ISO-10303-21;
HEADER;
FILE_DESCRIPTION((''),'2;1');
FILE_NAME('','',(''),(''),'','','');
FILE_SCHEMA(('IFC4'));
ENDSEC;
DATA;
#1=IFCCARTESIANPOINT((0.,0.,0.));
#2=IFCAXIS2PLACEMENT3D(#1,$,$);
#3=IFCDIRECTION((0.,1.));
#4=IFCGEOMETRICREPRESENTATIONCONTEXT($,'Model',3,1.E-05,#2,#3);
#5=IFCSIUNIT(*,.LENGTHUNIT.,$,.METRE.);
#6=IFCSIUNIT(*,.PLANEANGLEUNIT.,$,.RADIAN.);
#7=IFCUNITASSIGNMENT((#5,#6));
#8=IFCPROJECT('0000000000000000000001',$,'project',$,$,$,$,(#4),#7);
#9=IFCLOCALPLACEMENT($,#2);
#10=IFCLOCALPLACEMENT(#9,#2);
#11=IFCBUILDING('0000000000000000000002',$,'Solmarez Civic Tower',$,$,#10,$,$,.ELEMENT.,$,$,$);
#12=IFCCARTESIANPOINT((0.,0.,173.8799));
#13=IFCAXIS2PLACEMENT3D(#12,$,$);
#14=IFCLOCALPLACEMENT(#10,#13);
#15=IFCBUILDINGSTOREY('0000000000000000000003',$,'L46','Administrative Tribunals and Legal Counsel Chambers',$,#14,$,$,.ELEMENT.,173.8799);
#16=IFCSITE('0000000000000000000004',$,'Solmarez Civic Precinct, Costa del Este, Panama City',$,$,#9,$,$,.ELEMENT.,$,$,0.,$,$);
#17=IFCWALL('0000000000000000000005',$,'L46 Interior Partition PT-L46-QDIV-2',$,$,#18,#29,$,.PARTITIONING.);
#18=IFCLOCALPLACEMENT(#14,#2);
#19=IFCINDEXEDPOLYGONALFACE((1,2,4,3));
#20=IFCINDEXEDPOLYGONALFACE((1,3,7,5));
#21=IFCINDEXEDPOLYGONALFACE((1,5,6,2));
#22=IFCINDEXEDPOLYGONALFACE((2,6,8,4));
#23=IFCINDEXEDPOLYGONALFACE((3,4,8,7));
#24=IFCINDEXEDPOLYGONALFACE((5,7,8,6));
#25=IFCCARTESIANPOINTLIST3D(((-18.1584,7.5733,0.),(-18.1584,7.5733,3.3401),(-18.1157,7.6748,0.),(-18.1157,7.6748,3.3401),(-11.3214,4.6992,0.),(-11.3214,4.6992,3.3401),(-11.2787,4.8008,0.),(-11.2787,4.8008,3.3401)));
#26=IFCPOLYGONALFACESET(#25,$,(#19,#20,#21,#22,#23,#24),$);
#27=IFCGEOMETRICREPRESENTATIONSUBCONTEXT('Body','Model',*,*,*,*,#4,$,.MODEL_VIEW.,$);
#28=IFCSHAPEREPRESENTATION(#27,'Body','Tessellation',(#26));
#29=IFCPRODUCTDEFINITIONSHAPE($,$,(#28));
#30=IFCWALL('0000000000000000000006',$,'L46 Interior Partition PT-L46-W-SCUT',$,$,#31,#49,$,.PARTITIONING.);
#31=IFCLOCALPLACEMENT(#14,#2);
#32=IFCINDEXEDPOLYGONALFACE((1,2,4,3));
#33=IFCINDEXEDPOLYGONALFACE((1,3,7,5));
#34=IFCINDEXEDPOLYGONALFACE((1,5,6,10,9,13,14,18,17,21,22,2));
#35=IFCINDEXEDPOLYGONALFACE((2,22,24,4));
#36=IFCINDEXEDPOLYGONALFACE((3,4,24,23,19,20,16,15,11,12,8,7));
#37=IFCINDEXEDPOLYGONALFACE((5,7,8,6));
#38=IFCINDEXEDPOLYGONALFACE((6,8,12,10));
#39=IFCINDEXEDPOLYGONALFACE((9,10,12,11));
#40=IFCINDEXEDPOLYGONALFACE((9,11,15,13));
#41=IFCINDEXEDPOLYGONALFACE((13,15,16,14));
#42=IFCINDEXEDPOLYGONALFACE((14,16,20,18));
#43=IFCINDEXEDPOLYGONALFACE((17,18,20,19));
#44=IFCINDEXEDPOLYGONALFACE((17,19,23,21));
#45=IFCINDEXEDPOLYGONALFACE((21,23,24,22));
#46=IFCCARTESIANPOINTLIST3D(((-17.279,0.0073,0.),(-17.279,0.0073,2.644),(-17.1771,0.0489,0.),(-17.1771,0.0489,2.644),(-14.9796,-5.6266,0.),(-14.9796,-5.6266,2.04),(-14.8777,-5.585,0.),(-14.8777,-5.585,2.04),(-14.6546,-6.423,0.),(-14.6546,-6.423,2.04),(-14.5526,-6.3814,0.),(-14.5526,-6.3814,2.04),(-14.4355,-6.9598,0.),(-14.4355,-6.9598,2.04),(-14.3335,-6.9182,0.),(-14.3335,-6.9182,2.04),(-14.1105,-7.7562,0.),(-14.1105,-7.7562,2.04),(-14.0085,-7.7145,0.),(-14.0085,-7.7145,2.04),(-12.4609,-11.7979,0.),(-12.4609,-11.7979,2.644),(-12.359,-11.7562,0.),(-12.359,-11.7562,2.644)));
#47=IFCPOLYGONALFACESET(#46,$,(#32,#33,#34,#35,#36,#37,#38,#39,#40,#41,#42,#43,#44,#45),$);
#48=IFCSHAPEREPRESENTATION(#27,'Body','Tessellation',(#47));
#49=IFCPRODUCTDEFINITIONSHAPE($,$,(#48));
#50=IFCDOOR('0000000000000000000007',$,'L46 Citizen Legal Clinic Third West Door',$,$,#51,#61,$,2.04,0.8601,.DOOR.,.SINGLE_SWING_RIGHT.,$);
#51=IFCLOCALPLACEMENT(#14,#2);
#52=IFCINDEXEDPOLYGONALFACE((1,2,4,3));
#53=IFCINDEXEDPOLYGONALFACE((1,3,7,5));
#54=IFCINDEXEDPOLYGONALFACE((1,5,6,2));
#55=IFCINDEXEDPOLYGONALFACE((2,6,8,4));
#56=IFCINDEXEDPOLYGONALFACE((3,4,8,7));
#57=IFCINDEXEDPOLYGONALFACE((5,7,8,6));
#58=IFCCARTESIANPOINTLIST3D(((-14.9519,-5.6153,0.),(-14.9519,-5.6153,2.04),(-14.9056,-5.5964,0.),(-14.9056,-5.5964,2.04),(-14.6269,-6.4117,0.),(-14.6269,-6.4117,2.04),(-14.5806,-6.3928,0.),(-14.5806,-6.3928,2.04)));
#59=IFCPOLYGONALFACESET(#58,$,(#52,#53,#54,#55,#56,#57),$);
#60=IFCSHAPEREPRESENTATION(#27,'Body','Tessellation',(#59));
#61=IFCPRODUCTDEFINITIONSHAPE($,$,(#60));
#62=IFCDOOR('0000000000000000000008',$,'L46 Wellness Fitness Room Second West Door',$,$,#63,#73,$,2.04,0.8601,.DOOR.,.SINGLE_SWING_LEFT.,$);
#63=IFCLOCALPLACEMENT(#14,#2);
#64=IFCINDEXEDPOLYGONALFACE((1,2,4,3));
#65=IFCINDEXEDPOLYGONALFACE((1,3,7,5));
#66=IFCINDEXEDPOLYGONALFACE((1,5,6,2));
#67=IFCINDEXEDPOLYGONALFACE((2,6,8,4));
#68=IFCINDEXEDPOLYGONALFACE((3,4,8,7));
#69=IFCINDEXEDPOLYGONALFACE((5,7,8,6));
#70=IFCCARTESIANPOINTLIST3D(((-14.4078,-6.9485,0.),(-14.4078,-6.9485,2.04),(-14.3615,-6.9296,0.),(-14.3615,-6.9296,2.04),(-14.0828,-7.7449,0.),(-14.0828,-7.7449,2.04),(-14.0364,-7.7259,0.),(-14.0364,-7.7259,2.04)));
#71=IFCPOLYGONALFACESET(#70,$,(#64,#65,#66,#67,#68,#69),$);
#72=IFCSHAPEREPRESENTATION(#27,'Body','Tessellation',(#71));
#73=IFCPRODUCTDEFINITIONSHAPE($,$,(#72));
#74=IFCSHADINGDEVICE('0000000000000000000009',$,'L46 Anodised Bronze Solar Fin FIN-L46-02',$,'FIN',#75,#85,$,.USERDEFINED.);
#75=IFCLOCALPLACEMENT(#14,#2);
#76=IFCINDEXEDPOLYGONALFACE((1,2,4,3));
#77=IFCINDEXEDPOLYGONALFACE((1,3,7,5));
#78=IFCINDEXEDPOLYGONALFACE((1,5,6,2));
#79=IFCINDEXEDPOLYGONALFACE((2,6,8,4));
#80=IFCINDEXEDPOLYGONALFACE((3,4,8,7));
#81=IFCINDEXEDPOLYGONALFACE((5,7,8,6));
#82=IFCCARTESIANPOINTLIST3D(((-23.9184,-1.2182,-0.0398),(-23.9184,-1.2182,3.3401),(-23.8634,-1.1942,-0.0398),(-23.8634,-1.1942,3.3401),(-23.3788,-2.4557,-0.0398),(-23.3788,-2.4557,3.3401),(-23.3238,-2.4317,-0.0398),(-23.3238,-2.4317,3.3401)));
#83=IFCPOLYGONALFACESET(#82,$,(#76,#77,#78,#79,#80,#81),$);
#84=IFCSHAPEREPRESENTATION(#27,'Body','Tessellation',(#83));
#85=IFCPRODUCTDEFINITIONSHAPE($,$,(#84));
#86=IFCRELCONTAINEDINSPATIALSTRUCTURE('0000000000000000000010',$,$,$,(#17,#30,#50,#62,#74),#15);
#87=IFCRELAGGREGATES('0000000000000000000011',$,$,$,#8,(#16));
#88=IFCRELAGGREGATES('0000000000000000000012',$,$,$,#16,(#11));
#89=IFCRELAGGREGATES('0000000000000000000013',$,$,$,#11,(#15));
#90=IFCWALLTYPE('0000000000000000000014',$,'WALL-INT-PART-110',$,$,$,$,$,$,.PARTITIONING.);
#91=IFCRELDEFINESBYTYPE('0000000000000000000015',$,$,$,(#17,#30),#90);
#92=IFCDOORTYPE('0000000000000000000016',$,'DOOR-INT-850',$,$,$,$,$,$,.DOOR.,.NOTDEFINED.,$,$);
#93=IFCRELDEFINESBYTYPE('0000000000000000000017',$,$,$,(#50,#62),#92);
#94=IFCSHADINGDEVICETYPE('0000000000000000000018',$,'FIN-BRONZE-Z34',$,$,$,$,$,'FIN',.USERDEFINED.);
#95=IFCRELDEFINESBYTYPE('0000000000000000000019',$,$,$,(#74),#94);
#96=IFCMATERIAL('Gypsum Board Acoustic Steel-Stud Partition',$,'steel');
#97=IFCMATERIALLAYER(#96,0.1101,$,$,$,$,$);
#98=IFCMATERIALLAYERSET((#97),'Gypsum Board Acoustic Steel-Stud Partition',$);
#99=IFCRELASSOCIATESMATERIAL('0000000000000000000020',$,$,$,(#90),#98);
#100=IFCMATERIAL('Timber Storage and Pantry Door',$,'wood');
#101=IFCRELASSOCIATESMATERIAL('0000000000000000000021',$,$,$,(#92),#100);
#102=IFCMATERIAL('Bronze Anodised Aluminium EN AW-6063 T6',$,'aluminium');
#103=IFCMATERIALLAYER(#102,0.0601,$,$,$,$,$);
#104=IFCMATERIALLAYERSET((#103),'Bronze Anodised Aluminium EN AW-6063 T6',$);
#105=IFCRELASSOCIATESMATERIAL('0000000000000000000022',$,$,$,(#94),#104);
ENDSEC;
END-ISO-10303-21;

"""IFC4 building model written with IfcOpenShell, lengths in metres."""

from ifc_helpers import new_model, si_unit, direction, frame, frame_2d, origin, origin_2d, place, context, subcontext, project, spatial, rectangle, extrude, material, layer, layer_set, type_object, element, fill, save


model = new_model("IFC4")

# Units and contexts
model_context = context("Model", 3, precision=1e-05, world=origin(), true_north=direction((0.0, 1.0)))
body_context = subcontext(model_context, "Body", "Model", "MODEL_VIEW")
ifc_project = project(units=[si_unit("LENGTHUNIT", "METRE"), si_unit("PLANEANGLEUNIT", "RADIAN")], contexts=[model_context])

# Site, building, storey
site_placement = place(None, origin())
site = spatial("IfcSite", under=ifc_project, at=site_placement, Name="Solmarez Civic Precinct, Costa del Este, Panama City", CompositionType="ELEMENT", RefElevation=0.0)
building_placement = place(site_placement, origin())
building = spatial("IfcBuilding", under=site, at=building_placement, Name="Solmarez Civic Tower", CompositionType="ELEMENT")
storey_placement = place(building_placement, frame((0.0, 0.0, 173.8799)))
storey = spatial("IfcBuildingStorey", under=building, at=storey_placement, Name="L46", Description="Administrative Tribunals and Legal Counsel Chambers", CompositionType="ELEMENT", Elevation=173.8799)

# Wall
ifc_material_1 = material(Name="Gypsum Board Acoustic Steel-Stud Partition", Category="steel")
ifc_layer_1 = layer(ifc_material_1, 0.1101)
ifc_layer_set_1 = layer_set([ifc_layer_1], Name="Gypsum Board Acoustic Steel-Stud Partition")
wall_type_1 = type_object("IfcWallType", Name="WALL-INT-PART-110", PredefinedType="PARTITIONING", material=ifc_layer_set_1)
wall_1_placement = place(storey_placement, frame((-11.3, 4.75, 0.0), z_axis=(0.0, 0.0, 1.0), x_axis=(-0.921861, 0.387521, 0.0)))
element("IfcWall", 1, at=wall_1_placement, inside=storey, type_object=wall_type_1, Name="L46 Interior Partition PT-L46-QDIV-2", PredefinedType="PARTITIONING", context=body_context, shape_type="SweptSolid", body=[
    extrude(rectangle(XDim=7.4165, YDim=0.1101, at=frame_2d((3.7083, 0.0))), origin(), (0.0, 0.0, 1.0), 3.3401),
])

# Wall, openings, doors
wall_2_placement = place(storey_placement, frame((-17.228, 0.0281, 0.0), z_axis=(0.0, 0.0, 1.0), x_axis=(0.377875, -0.925857, 0.0)))
wall_2 = element("IfcWall", 2, at=wall_2_placement, inside=storey, type_object=wall_type_1, Name="L46 Interior Partition PT-L46-W-SCUT", PredefinedType="PARTITIONING", context=body_context, shape_type="SweptSolid", body=[
    extrude(rectangle(XDim=12.7505, YDim=0.1101, at=frame_2d((6.3752, 0.0))), origin(), (0.0, 0.0, 1.0), 2.644),
])
opening_1_placement = place(wall_2_placement, frame((6.085, 0.0, 0.0)))
opening_1 = element("IfcOpeningElement", 3, at=opening_1_placement, cuts=wall_2, PredefinedType="OPENING", context=body_context, shape_type="SweptSolid", body=[
    extrude(rectangle(XDim=0.8601, YDim=2.04, at=frame_2d((0.4302, 1.02))), frame((0.0, 0.0649, 0.0), z_axis=(0.0, -1.0, 0.0), x_axis=(1.0, 0.0, 0.0)), (0.0, 0.0, 1.0), 0.1301),
])
opening_2_placement = place(wall_2_placement, frame((7.5249, 0.0, 0.0)))
opening_2 = element("IfcOpeningElement", 4, at=opening_2_placement, cuts=wall_2, PredefinedType="OPENING", context=body_context, shape_type="SweptSolid", body=[
    extrude(rectangle(XDim=0.8601, YDim=2.04, at=frame_2d((0.4302, 1.02))), frame((0.0, 0.0649, 0.0), z_axis=(0.0, -1.0, 0.0), x_axis=(1.0, 0.0, 0.0)), (0.0, 0.0, 1.0), 0.1301),
])
ifc_material_2 = material(Name="Timber Storage and Pantry Door", Category="wood")
door_type_1 = type_object("IfcDoorType", Name="DOOR-INT-850", OperationType="NOTDEFINED", PredefinedType="DOOR", material=ifc_material_2)
door_1_placement = place(opening_1_placement, origin())
door_1 = element("IfcDoor", 5, at=door_1_placement, inside=storey, type_object=door_type_1, Name="L46 Citizen Legal Clinic Third West Door", OperationType="SINGLE_SWING_RIGHT", OverallHeight=2.04, OverallWidth=0.8601, PredefinedType="DOOR", context=body_context, shape_type="SweptSolid", body=[
    extrude(rectangle(XDim=0.8601, YDim=2.04, at=frame_2d((0.4302, 1.02))), frame((0.0, 0.0249, 0.0), z_axis=(0.0, -1.0, 0.0), x_axis=(1.0, 0.0, 0.0)), (0.0, 0.0, 1.0), 0.05),
])
fill(opening_1, door_1)
door_2_placement = place(opening_2_placement, origin())
door_2 = element("IfcDoor", 6, at=door_2_placement, inside=storey, type_object=door_type_1, Name="L46 Wellness Fitness Room Second West Door", OperationType="SINGLE_SWING_LEFT", OverallHeight=2.04, OverallWidth=0.8601, PredefinedType="DOOR", context=body_context, shape_type="SweptSolid", body=[
    extrude(rectangle(XDim=0.8601, YDim=2.04, at=frame_2d((0.4302, 1.02))), frame((0.0, 0.0249, 0.0), z_axis=(0.0, -1.0, 0.0), x_axis=(1.0, 0.0, 0.0)), (0.0, 0.0, 1.0), 0.05),
])
fill(opening_2, door_2)

# Shading device
ifc_material_3 = material(Name="Bronze Anodised Aluminium EN AW-6063 T6", Category="aluminium")
ifc_layer_2 = layer(ifc_material_3, 0.0601)
ifc_layer_set_2 = layer_set([ifc_layer_2], Name="Bronze Anodised Aluminium EN AW-6063 T6")
shading_device_type = type_object("IfcShadingDeviceType", Name="FIN-BRONZE-Z34", ElementType="FIN", PredefinedType="USERDEFINED", material=ifc_layer_set_2)
shading_device_placement = place(storey_placement, frame((-23.6211, -1.825, -0.0398), z_axis=(0.0, 0.0, 1.0), x_axis=(-0.399693, 0.916649, 0.0)))
element("IfcShadingDevice", 7, at=shading_device_placement, inside=storey, type_object=shading_device_type, Name="L46 Anodised Bronze Solar Fin FIN-L46-02", ObjectType="FIN", PredefinedType="USERDEFINED", context=body_context, shape_type="SweptSolid", body=[
    extrude(rectangle(XDim=1.3501, YDim=0.0601, at=origin_2d()), origin(), (0.0, 0.0, 1.0), 3.3799),
])

save(model, "model.ifc")
